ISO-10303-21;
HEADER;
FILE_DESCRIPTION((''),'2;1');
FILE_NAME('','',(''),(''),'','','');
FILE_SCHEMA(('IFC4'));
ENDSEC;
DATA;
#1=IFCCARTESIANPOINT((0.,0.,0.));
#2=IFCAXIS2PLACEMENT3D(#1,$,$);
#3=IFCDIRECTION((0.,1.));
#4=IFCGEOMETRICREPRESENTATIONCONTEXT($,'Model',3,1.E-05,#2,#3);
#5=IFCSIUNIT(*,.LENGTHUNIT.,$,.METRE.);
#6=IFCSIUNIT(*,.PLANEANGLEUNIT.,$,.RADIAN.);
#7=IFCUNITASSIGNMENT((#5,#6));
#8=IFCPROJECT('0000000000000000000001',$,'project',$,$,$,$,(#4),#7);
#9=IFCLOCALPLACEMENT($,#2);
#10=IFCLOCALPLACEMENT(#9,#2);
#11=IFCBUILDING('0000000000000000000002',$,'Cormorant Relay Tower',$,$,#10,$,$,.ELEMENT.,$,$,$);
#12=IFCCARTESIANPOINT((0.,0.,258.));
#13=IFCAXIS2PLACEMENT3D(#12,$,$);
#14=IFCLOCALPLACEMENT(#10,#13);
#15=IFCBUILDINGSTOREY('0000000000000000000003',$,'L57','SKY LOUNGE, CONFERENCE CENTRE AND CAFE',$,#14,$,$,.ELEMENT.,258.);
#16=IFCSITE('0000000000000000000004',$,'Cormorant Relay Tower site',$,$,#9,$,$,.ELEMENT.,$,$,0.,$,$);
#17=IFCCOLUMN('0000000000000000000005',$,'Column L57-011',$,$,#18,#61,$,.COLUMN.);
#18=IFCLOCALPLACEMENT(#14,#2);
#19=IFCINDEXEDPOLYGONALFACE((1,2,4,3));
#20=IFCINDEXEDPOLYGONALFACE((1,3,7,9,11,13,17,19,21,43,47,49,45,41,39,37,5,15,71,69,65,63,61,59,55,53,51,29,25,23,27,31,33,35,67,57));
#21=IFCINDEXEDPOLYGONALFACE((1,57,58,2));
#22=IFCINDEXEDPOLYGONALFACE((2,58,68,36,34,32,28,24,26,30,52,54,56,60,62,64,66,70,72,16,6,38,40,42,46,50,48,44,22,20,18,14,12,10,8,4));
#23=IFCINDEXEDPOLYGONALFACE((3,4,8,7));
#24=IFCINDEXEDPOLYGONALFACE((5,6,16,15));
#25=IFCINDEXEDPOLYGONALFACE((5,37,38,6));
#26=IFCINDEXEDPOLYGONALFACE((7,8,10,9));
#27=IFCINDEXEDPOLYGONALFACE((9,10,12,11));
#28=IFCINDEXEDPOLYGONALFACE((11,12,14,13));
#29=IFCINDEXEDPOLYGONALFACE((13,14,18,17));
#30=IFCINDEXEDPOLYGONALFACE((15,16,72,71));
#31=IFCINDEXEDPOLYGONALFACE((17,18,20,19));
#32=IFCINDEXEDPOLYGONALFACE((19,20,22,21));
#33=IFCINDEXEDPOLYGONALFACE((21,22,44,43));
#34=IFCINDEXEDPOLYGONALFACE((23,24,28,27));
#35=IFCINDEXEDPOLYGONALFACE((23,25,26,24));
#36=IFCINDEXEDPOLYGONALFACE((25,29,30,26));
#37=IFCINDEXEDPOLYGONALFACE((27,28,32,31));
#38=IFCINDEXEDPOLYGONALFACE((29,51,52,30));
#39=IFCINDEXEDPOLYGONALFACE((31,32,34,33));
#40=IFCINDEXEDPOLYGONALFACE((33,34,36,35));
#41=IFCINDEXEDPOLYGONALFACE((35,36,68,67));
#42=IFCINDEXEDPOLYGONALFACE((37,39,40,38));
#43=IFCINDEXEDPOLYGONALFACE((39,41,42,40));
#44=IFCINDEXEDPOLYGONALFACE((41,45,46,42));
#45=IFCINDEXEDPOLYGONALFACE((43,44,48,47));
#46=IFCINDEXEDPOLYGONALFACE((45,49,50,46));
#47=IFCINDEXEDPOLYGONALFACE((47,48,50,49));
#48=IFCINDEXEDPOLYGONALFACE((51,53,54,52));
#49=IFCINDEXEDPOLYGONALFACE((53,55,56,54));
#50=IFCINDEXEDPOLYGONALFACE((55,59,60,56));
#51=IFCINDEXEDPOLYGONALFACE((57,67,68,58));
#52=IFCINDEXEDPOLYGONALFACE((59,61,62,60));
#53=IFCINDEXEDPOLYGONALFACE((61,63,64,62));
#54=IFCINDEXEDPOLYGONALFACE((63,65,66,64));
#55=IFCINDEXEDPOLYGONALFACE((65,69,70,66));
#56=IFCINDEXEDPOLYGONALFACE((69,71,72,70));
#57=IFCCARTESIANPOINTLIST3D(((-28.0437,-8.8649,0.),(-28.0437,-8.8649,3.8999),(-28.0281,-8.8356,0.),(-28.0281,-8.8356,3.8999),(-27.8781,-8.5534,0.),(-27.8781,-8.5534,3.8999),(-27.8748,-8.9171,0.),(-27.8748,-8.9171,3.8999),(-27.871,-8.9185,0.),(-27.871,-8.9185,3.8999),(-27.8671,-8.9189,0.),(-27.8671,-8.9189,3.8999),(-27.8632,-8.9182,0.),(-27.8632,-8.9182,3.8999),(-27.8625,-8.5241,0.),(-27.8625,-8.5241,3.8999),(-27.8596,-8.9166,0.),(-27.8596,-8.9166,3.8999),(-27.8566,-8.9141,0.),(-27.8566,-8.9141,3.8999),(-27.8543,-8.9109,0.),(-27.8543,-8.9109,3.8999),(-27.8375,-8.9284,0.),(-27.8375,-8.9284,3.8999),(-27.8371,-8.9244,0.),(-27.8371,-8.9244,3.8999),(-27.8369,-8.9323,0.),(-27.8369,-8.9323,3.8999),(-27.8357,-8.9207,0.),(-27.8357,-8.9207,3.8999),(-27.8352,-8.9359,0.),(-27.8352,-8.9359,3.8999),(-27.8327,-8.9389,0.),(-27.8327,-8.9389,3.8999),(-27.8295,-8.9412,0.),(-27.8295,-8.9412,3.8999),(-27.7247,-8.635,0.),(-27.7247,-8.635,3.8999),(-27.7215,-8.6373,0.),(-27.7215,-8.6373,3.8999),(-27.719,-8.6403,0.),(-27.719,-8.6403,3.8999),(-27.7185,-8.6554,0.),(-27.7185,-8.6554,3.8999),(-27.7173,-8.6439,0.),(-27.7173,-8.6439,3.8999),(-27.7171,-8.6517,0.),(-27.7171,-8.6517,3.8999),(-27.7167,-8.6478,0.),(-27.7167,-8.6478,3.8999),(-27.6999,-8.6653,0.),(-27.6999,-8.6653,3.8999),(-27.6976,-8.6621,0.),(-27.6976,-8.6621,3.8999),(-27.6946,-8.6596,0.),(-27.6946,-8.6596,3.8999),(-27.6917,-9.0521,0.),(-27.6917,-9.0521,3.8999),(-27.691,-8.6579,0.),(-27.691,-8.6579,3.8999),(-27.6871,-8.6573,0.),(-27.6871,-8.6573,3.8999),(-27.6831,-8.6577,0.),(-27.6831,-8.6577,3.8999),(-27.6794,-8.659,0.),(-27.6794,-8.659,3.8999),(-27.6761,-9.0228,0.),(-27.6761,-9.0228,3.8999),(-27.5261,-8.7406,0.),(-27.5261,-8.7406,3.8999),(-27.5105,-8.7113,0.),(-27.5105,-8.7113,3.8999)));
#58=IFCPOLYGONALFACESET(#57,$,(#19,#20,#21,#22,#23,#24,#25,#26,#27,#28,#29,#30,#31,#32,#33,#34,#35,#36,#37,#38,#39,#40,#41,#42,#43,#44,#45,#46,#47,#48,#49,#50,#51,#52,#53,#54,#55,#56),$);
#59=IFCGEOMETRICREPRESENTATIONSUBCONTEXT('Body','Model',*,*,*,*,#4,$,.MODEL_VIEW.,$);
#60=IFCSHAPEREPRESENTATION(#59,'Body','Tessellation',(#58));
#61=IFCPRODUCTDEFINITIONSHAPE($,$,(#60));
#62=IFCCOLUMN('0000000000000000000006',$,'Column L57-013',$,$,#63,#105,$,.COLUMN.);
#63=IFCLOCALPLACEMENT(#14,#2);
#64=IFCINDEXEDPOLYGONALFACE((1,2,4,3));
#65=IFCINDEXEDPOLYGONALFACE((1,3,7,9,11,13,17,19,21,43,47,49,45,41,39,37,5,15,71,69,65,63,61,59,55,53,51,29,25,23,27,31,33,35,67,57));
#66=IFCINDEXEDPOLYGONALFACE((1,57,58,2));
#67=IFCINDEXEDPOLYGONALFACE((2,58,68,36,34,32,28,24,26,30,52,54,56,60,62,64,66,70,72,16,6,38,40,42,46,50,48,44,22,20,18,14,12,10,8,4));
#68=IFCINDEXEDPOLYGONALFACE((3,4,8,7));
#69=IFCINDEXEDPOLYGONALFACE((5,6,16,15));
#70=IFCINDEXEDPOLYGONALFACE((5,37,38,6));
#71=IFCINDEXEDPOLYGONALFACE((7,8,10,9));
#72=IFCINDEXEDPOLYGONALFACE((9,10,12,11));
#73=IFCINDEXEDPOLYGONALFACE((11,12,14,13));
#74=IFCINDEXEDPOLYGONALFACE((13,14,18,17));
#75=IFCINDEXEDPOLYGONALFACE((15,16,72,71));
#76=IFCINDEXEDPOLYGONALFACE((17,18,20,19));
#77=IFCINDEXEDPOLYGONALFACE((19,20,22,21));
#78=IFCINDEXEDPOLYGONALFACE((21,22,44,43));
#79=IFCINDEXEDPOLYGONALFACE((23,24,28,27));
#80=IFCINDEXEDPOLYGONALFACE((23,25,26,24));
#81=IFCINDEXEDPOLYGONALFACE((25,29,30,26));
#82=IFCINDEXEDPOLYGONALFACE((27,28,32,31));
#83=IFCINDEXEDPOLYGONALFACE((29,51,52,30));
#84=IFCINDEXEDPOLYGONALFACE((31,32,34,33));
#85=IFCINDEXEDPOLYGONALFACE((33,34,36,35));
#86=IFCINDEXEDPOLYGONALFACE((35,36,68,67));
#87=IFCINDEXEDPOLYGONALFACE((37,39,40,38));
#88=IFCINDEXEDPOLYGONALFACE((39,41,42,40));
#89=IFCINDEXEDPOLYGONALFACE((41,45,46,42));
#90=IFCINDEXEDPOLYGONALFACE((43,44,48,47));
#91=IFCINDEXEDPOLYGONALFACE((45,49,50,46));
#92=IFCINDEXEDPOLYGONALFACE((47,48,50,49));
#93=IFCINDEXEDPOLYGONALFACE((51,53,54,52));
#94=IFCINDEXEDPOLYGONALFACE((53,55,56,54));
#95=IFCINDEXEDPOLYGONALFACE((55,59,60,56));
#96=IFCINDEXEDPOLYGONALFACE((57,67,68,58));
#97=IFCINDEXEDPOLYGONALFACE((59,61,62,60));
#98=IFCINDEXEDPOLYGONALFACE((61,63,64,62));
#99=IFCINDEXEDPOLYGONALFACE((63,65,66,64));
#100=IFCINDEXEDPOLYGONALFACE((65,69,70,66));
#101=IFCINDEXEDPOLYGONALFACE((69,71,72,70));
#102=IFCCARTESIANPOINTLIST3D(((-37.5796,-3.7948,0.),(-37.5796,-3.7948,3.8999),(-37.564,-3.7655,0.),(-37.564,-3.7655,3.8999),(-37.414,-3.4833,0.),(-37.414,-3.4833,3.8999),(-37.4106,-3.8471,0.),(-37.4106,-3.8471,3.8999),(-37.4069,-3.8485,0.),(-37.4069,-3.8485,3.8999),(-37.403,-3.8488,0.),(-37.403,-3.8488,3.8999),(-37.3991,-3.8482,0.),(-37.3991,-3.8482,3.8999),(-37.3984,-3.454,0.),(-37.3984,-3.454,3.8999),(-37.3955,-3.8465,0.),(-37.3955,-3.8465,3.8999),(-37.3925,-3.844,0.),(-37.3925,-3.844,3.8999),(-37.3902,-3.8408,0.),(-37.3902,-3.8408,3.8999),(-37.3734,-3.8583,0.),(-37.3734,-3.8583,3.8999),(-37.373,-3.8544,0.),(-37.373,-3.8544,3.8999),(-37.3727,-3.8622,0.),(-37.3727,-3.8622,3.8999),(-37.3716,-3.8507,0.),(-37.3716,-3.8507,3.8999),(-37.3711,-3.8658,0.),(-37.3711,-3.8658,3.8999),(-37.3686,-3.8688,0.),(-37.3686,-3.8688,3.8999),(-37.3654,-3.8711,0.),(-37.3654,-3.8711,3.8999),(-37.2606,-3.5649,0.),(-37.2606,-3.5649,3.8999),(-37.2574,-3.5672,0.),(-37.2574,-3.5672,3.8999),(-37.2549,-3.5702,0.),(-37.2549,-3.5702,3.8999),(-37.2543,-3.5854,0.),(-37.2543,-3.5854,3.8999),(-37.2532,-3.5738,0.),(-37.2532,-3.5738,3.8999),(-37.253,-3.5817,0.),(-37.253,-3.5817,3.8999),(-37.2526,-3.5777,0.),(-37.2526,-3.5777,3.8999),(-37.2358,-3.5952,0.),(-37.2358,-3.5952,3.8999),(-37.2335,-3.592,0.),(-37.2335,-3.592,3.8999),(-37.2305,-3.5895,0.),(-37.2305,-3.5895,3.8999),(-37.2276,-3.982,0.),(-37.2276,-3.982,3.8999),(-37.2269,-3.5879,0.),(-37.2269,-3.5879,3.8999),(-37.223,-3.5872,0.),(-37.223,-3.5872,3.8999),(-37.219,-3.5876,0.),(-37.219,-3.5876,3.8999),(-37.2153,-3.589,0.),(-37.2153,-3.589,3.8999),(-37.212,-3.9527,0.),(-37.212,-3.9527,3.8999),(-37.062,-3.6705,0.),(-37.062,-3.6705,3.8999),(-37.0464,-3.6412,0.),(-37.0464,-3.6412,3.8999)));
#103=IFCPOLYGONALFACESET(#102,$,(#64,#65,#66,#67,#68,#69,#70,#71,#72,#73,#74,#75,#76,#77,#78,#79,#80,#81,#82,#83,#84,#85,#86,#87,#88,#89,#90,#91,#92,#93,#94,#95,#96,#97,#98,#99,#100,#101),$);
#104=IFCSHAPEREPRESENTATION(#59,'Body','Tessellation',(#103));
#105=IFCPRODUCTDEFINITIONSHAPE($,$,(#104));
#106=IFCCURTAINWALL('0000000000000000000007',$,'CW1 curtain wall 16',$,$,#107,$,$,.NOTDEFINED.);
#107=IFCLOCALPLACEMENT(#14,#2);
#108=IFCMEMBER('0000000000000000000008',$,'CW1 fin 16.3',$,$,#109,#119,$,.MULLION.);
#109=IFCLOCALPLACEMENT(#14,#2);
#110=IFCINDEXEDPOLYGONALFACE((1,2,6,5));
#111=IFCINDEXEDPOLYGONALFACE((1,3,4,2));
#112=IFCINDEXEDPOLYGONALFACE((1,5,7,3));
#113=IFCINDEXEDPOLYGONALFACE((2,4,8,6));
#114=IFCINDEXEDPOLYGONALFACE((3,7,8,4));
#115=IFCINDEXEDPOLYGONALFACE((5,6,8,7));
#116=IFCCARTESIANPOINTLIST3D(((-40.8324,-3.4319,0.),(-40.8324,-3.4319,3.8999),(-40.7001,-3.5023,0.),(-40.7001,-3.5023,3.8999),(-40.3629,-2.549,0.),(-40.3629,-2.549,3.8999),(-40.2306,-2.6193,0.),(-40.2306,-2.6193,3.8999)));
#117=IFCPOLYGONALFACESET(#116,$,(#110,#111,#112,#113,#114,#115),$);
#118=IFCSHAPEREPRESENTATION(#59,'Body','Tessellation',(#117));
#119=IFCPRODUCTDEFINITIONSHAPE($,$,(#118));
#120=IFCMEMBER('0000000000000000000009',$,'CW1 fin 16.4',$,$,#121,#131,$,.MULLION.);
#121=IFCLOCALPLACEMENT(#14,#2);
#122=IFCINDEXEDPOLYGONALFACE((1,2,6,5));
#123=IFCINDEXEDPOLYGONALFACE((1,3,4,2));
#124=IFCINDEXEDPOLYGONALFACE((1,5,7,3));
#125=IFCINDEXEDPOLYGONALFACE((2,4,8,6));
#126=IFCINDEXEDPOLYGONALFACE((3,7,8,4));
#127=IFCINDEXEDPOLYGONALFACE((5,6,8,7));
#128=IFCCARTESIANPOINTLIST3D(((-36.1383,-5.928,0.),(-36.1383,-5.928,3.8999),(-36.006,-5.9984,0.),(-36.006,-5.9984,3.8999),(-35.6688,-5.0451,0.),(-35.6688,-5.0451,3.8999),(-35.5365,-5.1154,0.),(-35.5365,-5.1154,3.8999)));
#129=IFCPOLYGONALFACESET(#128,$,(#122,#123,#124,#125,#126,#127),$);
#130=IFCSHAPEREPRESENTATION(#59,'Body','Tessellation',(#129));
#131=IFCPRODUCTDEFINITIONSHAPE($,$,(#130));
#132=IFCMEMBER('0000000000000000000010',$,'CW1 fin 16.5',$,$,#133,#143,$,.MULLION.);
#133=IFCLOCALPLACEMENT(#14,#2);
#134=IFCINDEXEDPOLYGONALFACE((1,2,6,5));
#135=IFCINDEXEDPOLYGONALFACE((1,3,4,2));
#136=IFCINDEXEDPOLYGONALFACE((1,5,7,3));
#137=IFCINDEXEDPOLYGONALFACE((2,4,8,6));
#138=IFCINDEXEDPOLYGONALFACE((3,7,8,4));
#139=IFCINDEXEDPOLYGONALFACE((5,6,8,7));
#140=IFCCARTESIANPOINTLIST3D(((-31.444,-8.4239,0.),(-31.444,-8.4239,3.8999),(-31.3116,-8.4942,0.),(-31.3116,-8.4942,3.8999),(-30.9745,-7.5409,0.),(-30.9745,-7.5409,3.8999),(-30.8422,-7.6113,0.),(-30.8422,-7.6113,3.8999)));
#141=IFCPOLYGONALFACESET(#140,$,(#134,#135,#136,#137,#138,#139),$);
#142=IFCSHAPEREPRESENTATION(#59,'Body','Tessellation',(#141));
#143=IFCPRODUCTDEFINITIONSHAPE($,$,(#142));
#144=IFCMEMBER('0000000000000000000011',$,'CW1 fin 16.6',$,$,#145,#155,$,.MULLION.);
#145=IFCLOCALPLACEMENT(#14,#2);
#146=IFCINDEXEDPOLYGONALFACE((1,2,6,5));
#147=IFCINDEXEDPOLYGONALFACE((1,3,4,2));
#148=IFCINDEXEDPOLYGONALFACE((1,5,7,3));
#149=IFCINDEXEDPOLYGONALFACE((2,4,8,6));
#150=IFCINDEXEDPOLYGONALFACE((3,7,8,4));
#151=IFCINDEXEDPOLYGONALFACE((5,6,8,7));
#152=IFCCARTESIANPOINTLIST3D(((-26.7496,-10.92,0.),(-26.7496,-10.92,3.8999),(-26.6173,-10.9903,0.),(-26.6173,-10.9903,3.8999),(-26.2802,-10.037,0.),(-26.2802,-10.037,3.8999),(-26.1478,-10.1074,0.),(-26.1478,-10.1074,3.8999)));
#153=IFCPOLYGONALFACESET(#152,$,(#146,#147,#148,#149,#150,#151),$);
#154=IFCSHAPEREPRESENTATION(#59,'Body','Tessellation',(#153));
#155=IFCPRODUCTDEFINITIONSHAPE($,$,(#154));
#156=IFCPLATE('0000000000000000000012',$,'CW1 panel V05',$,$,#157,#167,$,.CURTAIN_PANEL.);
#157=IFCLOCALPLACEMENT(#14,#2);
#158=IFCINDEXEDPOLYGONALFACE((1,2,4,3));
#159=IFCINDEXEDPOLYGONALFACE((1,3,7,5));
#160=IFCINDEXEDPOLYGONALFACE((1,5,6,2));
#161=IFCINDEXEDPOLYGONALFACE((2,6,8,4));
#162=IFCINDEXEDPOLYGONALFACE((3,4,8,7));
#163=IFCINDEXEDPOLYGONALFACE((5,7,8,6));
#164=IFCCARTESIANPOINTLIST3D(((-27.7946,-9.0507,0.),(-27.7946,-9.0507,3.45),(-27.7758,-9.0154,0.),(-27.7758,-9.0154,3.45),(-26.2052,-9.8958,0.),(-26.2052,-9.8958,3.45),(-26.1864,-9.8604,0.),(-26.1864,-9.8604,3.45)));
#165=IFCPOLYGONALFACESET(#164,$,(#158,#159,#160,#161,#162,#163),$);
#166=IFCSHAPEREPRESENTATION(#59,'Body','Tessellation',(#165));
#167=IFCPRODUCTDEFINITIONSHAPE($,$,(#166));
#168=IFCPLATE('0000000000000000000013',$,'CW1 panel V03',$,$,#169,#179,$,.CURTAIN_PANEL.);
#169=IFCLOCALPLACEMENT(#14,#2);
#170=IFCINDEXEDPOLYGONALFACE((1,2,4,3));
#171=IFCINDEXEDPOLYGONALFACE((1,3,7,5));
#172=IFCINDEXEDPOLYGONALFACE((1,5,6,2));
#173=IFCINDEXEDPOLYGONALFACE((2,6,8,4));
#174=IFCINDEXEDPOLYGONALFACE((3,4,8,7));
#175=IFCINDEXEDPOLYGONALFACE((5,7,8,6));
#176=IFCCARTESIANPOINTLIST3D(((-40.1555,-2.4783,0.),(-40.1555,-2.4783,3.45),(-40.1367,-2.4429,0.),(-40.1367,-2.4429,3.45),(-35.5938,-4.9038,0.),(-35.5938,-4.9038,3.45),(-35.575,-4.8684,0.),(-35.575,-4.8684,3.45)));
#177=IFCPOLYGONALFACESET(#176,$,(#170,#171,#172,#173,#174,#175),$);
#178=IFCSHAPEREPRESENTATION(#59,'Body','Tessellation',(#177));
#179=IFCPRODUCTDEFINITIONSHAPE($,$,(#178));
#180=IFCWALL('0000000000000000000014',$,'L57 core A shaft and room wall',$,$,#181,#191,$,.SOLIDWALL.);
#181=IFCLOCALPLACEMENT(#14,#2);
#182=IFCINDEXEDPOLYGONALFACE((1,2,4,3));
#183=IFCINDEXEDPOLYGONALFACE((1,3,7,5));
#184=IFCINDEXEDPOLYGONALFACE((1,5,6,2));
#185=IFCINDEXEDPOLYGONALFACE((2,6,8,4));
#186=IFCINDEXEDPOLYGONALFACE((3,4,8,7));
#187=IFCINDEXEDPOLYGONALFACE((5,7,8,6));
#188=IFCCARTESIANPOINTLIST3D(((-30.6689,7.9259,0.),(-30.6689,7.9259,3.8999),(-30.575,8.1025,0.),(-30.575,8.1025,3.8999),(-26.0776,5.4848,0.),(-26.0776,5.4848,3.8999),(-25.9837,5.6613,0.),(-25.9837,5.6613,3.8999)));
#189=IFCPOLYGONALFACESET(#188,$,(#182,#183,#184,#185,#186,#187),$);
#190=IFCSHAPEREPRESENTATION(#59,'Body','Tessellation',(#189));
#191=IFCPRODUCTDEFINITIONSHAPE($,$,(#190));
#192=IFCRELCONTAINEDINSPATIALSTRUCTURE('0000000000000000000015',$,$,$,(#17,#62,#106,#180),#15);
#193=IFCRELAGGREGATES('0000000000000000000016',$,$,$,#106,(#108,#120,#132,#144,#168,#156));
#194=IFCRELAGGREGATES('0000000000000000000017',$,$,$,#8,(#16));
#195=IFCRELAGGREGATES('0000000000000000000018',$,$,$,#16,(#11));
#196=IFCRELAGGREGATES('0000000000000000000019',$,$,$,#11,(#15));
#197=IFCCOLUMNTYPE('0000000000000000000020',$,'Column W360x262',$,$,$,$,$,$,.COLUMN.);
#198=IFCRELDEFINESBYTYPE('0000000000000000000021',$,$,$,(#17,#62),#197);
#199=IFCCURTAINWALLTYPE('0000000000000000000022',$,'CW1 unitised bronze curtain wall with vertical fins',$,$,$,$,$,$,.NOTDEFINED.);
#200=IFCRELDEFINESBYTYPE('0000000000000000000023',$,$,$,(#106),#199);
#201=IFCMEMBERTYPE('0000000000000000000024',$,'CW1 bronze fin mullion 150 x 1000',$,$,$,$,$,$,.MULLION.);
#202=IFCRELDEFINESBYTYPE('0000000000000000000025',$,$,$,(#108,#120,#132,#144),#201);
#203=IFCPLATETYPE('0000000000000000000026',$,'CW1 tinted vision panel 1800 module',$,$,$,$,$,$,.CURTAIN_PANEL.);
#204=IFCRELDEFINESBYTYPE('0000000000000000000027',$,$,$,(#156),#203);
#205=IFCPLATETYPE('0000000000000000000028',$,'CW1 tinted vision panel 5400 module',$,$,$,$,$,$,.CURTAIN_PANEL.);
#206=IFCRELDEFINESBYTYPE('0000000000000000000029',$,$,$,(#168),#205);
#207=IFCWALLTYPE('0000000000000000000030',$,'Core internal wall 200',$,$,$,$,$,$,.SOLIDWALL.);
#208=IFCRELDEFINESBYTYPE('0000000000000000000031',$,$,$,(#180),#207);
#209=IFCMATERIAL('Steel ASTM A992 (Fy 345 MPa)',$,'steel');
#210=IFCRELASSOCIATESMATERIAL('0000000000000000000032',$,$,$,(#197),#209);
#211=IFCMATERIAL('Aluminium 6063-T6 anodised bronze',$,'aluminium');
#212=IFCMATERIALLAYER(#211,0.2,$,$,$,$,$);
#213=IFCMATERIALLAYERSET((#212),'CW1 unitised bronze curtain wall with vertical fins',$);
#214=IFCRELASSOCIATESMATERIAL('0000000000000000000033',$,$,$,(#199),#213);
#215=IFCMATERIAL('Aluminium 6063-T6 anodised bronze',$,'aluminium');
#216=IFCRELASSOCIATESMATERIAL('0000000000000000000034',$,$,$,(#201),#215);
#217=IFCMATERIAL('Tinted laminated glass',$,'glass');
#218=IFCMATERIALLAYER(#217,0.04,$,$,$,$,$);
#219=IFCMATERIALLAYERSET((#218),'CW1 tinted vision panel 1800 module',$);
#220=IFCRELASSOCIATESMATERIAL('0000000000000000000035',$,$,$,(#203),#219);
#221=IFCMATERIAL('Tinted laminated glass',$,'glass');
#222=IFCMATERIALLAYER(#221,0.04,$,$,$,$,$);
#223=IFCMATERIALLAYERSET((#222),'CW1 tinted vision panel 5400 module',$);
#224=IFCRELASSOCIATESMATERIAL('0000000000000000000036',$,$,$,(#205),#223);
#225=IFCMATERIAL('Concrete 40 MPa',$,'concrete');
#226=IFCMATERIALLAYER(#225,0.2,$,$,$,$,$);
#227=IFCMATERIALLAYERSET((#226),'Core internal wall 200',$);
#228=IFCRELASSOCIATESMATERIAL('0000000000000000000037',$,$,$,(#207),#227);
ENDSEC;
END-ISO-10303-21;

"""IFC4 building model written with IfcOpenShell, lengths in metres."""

from ifc_helpers import new_model, si_unit, direction, frame, frame_2d, origin, origin_2d, place, context, subcontext, project, spatial, rectangle, i_section, extrude, material, layer, layer_set, material_profile, profile_set, type_object, element, aggregate, save


model = new_model("IFC4")

# Units and contexts
model_context = context("Model", 3, precision=1e-05, world=origin(), true_north=direction((0.0, 1.0)))
body_context = subcontext(model_context, "Body", "Model", "MODEL_VIEW")
ifc_project = project(units=[si_unit("LENGTHUNIT", "METRE"), si_unit("PLANEANGLEUNIT", "RADIAN")], contexts=[model_context])

# Site, building, storey
site_placement = place(None, origin())
site = spatial("IfcSite", under=ifc_project, at=site_placement, Name="Cormorant Relay Tower site", CompositionType="ELEMENT", RefElevation=0.0)
building_placement = place(site_placement, origin())
building = spatial("IfcBuilding", under=site, at=building_placement, Name="Cormorant Relay Tower", CompositionType="ELEMENT")
storey_placement = place(building_placement, frame((0.0, 0.0, 258.0)))
storey = spatial("IfcBuildingStorey", under=building, at=storey_placement, Name="L57", Description="SKY LOUNGE, CONFERENCE CENTRE AND CAFE", CompositionType="ELEMENT", Elevation=258.0)

# Columns
ifc_material_1 = material(Name="Steel ASTM A992 (Fy 345 MPa)", Category="steel")
ifc_material_profile_1 = material_profile(ifc_material_1, i_section(OverallWidth=0.3987, OverallDepth=0.386, WebThickness=0.021, FlangeThickness=0.0332, FilletRadius=0.0151, at=origin_2d()), Name="W360x262")
ifc_profile_set_1 = profile_set([ifc_material_profile_1], Name="Steel ASTM A992 (Fy 345 MPa)")
column_type = type_object("IfcColumnType", Name="Column W360x262", PredefinedType="COLUMN", material=ifc_profile_set_1)
for number, where, z_axis, x_axis, name in (
    (1, (-27.7771, -8.7881, 0.0), (0.0, 0.0, 1.0), (0.882948, -0.469472, 0.0), "Column L57-011"),
    (2, (-37.313, -3.718, 0.0), (0.0, 0.0, 1.0), (0.882948, -0.469472, 0.0), "Column L57-013"),
):
    element("IfcColumn", number, at=place(storey_placement, frame(where, z_axis=z_axis, x_axis=x_axis)), inside=storey, type_object=column_type, Name=name, PredefinedType="COLUMN", context=body_context, shape_type="SweptSolid", body=[
        extrude(i_section(OverallWidth=0.3987, OverallDepth=0.386, WebThickness=0.021, FlangeThickness=0.0332, FilletRadius=0.0151, at=origin_2d()), origin(), (0.0, 0.0, 1.0), 3.8999),
    ])

# Curtain wall, members, plates
ifc_material_2 = material(Name="Aluminium 6063-T6 anodised bronze", Category="aluminium")
ifc_layer_1 = layer(ifc_material_2, 0.2)
ifc_layer_set_1 = layer_set([ifc_layer_1], Name="CW1 unitised bronze curtain wall with vertical fins")
curtain_wall_type = type_object("IfcCurtainWallType", Name="CW1 unitised bronze curtain wall with vertical fins", PredefinedType="NOTDEFINED", material=ifc_layer_set_1)
curtain_wall_placement = place(storey_placement, origin())
curtain_wall = element("IfcCurtainWall", 3, at=curtain_wall_placement, inside=storey, type_object=curtain_wall_type, Name="CW1 curtain wall 16", PredefinedType="NOTDEFINED")
ifc_material_3 = material(Name="Aluminium 6063-T6 anodised bronze", Category="aluminium")
ifc_material_profile_2 = material_profile(ifc_material_3, rectangle(XDim=0.1499, YDim=1.0, at=origin_2d()), Name="AL 150x1000")
ifc_profile_set_2 = profile_set([ifc_material_profile_2], Name="Aluminium 6063-T6 anodised bronze")
member_type = type_object("IfcMemberType", Name="CW1 bronze fin mullion 150 x 1000", PredefinedType="MULLION", material=ifc_profile_set_2)
member_1_placement = place(storey_placement, frame((-40.5315, -3.0256, 0.0), z_axis=(0.0, 0.0, 1.0), x_axis=(0.882948, -0.469472, 0.0)))
member_1 = element("IfcMember", 4, at=member_1_placement, type_object=member_type, Name="CW1 fin 16.3", PredefinedType="MULLION", context=body_context, shape_type="SweptSolid", body=[
    extrude(rectangle(XDim=0.1499, YDim=1.0, at=origin_2d()), origin(), (0.0, 0.0, 1.0), 3.8999),
])
member_2_placement = place(storey_placement, frame((-35.8374, -5.5217, 0.0), z_axis=(0.0, 0.0, 1.0), x_axis=(0.882948, -0.469472, 0.0)))
member_2 = element("IfcMember", 5, at=member_2_placement, type_object=member_type, Name="CW1 fin 16.4", PredefinedType="MULLION", context=body_context, shape_type="SweptSolid", body=[
    extrude(rectangle(XDim=0.1499, YDim=1.0, at=origin_2d()), origin(), (0.0, 0.0, 1.0), 3.8999),
])
member_3_placement = place(storey_placement, frame((-31.1431, -8.0176, 0.0), z_axis=(0.0, 0.0, 1.0), x_axis=(0.882948, -0.469472, 0.0)))
member_3 = element("IfcMember", 6, at=member_3_placement, type_object=member_type, Name="CW1 fin 16.5", PredefinedType="MULLION", context=body_context, shape_type="SweptSolid", body=[
    extrude(rectangle(XDim=0.1499, YDim=1.0, at=origin_2d()), origin(), (0.0, 0.0, 1.0), 3.8999),
])
member_4_placement = place(storey_placement, frame((-26.4487, -10.5137, 0.0), z_axis=(0.0, 0.0, 1.0), x_axis=(0.882948, -0.469472, 0.0)))
member_4 = element("IfcMember", 7, at=member_4_placement, type_object=member_type, Name="CW1 fin 16.6", PredefinedType="MULLION", context=body_context, shape_type="SweptSolid", body=[
    extrude(rectangle(XDim=0.1499, YDim=1.0, at=origin_2d()), origin(), (0.0, 0.0, 1.0), 3.8999),
])
ifc_material_4 = material(Name="Tinted laminated glass", Category="glass")
ifc_layer_2 = layer(ifc_material_4, 0.04)
ifc_layer_set_2 = layer_set([ifc_layer_2], Name="CW1 tinted vision panel 1800 module")
plate_type_1 = type_object("IfcPlateType", Name="CW1 tinted vision panel 1800 module", PredefinedType="CURTAIN_PANEL", material=ifc_layer_set_2)
plate_1_placement = place(storey_placement, frame((-26.9905, -9.4556, 0.0), z_axis=(0.0, 0.0, 1.0), x_axis=(0.882948, -0.469472, 0.0)))
plate_1 = element("IfcPlate", 8, at=plate_1_placement, type_object=plate_type_1, Name="CW1 panel V05", PredefinedType="CURTAIN_PANEL", context=body_context, shape_type="SweptSolid", body=[
    extrude(rectangle(XDim=1.8, YDim=0.04, at=origin_2d()), origin(), (0.0, 0.0, 1.0), 3.45),
])
ifc_material_5 = material(Name="Tinted laminated glass", Category="glass")
ifc_layer_3 = layer(ifc_material_5, 0.04)
ifc_layer_set_3 = layer_set([ifc_layer_3], Name="CW1 tinted vision panel 5400 module")
plate_type_2 = type_object("IfcPlateType", Name="CW1 tinted vision panel 5400 module", PredefinedType="CURTAIN_PANEL", material=ifc_layer_set_3)
plate_2_placement = place(storey_placement, frame((-37.8652, -3.6733, 0.0), z_axis=(0.0, 0.0, 1.0), x_axis=(0.882948, -0.469472, 0.0)))
plate_2 = element("IfcPlate", 9, at=plate_2_placement, type_object=plate_type_2, Name="CW1 panel V03", PredefinedType="CURTAIN_PANEL", context=body_context, shape_type="SweptSolid", body=[
    extrude(rectangle(XDim=5.1665, YDim=0.04, at=origin_2d()), origin(), (0.0, 0.0, 1.0), 3.45),
])

# Wall
ifc_material_6 = material(Name="Concrete 40 MPa", Category="concrete")
ifc_layer_4 = layer(ifc_material_6, 0.2)
ifc_layer_set_4 = layer_set([ifc_layer_4], Name="Core internal wall 200")
wall_type_1 = type_object("IfcWallType", Name="Core internal wall 200", PredefinedType="SOLIDWALL", material=ifc_layer_set_4)
wall_1_placement = place(storey_placement, frame((-26.0305, 5.573, 0.0), z_axis=(0.0, 0.0, 1.0), x_axis=(-0.882954, 0.46946, 0.0)))
element("IfcWall", 10, at=wall_1_placement, inside=storey, type_object=wall_type_1, Name="L57 core A shaft and room wall", PredefinedType="SOLIDWALL", context=body_context, shape_type="SweptSolid", body=[
    extrude(rectangle(XDim=5.2, YDim=0.2, at=frame_2d((2.6001, 0.0))), origin(), (0.0, 0.0, 1.0), 3.8999),
])

aggregate(curtain_wall, [member_1, member_2, member_3, member_4, plate_2, plate_1])

save(model, "model.ifc")
